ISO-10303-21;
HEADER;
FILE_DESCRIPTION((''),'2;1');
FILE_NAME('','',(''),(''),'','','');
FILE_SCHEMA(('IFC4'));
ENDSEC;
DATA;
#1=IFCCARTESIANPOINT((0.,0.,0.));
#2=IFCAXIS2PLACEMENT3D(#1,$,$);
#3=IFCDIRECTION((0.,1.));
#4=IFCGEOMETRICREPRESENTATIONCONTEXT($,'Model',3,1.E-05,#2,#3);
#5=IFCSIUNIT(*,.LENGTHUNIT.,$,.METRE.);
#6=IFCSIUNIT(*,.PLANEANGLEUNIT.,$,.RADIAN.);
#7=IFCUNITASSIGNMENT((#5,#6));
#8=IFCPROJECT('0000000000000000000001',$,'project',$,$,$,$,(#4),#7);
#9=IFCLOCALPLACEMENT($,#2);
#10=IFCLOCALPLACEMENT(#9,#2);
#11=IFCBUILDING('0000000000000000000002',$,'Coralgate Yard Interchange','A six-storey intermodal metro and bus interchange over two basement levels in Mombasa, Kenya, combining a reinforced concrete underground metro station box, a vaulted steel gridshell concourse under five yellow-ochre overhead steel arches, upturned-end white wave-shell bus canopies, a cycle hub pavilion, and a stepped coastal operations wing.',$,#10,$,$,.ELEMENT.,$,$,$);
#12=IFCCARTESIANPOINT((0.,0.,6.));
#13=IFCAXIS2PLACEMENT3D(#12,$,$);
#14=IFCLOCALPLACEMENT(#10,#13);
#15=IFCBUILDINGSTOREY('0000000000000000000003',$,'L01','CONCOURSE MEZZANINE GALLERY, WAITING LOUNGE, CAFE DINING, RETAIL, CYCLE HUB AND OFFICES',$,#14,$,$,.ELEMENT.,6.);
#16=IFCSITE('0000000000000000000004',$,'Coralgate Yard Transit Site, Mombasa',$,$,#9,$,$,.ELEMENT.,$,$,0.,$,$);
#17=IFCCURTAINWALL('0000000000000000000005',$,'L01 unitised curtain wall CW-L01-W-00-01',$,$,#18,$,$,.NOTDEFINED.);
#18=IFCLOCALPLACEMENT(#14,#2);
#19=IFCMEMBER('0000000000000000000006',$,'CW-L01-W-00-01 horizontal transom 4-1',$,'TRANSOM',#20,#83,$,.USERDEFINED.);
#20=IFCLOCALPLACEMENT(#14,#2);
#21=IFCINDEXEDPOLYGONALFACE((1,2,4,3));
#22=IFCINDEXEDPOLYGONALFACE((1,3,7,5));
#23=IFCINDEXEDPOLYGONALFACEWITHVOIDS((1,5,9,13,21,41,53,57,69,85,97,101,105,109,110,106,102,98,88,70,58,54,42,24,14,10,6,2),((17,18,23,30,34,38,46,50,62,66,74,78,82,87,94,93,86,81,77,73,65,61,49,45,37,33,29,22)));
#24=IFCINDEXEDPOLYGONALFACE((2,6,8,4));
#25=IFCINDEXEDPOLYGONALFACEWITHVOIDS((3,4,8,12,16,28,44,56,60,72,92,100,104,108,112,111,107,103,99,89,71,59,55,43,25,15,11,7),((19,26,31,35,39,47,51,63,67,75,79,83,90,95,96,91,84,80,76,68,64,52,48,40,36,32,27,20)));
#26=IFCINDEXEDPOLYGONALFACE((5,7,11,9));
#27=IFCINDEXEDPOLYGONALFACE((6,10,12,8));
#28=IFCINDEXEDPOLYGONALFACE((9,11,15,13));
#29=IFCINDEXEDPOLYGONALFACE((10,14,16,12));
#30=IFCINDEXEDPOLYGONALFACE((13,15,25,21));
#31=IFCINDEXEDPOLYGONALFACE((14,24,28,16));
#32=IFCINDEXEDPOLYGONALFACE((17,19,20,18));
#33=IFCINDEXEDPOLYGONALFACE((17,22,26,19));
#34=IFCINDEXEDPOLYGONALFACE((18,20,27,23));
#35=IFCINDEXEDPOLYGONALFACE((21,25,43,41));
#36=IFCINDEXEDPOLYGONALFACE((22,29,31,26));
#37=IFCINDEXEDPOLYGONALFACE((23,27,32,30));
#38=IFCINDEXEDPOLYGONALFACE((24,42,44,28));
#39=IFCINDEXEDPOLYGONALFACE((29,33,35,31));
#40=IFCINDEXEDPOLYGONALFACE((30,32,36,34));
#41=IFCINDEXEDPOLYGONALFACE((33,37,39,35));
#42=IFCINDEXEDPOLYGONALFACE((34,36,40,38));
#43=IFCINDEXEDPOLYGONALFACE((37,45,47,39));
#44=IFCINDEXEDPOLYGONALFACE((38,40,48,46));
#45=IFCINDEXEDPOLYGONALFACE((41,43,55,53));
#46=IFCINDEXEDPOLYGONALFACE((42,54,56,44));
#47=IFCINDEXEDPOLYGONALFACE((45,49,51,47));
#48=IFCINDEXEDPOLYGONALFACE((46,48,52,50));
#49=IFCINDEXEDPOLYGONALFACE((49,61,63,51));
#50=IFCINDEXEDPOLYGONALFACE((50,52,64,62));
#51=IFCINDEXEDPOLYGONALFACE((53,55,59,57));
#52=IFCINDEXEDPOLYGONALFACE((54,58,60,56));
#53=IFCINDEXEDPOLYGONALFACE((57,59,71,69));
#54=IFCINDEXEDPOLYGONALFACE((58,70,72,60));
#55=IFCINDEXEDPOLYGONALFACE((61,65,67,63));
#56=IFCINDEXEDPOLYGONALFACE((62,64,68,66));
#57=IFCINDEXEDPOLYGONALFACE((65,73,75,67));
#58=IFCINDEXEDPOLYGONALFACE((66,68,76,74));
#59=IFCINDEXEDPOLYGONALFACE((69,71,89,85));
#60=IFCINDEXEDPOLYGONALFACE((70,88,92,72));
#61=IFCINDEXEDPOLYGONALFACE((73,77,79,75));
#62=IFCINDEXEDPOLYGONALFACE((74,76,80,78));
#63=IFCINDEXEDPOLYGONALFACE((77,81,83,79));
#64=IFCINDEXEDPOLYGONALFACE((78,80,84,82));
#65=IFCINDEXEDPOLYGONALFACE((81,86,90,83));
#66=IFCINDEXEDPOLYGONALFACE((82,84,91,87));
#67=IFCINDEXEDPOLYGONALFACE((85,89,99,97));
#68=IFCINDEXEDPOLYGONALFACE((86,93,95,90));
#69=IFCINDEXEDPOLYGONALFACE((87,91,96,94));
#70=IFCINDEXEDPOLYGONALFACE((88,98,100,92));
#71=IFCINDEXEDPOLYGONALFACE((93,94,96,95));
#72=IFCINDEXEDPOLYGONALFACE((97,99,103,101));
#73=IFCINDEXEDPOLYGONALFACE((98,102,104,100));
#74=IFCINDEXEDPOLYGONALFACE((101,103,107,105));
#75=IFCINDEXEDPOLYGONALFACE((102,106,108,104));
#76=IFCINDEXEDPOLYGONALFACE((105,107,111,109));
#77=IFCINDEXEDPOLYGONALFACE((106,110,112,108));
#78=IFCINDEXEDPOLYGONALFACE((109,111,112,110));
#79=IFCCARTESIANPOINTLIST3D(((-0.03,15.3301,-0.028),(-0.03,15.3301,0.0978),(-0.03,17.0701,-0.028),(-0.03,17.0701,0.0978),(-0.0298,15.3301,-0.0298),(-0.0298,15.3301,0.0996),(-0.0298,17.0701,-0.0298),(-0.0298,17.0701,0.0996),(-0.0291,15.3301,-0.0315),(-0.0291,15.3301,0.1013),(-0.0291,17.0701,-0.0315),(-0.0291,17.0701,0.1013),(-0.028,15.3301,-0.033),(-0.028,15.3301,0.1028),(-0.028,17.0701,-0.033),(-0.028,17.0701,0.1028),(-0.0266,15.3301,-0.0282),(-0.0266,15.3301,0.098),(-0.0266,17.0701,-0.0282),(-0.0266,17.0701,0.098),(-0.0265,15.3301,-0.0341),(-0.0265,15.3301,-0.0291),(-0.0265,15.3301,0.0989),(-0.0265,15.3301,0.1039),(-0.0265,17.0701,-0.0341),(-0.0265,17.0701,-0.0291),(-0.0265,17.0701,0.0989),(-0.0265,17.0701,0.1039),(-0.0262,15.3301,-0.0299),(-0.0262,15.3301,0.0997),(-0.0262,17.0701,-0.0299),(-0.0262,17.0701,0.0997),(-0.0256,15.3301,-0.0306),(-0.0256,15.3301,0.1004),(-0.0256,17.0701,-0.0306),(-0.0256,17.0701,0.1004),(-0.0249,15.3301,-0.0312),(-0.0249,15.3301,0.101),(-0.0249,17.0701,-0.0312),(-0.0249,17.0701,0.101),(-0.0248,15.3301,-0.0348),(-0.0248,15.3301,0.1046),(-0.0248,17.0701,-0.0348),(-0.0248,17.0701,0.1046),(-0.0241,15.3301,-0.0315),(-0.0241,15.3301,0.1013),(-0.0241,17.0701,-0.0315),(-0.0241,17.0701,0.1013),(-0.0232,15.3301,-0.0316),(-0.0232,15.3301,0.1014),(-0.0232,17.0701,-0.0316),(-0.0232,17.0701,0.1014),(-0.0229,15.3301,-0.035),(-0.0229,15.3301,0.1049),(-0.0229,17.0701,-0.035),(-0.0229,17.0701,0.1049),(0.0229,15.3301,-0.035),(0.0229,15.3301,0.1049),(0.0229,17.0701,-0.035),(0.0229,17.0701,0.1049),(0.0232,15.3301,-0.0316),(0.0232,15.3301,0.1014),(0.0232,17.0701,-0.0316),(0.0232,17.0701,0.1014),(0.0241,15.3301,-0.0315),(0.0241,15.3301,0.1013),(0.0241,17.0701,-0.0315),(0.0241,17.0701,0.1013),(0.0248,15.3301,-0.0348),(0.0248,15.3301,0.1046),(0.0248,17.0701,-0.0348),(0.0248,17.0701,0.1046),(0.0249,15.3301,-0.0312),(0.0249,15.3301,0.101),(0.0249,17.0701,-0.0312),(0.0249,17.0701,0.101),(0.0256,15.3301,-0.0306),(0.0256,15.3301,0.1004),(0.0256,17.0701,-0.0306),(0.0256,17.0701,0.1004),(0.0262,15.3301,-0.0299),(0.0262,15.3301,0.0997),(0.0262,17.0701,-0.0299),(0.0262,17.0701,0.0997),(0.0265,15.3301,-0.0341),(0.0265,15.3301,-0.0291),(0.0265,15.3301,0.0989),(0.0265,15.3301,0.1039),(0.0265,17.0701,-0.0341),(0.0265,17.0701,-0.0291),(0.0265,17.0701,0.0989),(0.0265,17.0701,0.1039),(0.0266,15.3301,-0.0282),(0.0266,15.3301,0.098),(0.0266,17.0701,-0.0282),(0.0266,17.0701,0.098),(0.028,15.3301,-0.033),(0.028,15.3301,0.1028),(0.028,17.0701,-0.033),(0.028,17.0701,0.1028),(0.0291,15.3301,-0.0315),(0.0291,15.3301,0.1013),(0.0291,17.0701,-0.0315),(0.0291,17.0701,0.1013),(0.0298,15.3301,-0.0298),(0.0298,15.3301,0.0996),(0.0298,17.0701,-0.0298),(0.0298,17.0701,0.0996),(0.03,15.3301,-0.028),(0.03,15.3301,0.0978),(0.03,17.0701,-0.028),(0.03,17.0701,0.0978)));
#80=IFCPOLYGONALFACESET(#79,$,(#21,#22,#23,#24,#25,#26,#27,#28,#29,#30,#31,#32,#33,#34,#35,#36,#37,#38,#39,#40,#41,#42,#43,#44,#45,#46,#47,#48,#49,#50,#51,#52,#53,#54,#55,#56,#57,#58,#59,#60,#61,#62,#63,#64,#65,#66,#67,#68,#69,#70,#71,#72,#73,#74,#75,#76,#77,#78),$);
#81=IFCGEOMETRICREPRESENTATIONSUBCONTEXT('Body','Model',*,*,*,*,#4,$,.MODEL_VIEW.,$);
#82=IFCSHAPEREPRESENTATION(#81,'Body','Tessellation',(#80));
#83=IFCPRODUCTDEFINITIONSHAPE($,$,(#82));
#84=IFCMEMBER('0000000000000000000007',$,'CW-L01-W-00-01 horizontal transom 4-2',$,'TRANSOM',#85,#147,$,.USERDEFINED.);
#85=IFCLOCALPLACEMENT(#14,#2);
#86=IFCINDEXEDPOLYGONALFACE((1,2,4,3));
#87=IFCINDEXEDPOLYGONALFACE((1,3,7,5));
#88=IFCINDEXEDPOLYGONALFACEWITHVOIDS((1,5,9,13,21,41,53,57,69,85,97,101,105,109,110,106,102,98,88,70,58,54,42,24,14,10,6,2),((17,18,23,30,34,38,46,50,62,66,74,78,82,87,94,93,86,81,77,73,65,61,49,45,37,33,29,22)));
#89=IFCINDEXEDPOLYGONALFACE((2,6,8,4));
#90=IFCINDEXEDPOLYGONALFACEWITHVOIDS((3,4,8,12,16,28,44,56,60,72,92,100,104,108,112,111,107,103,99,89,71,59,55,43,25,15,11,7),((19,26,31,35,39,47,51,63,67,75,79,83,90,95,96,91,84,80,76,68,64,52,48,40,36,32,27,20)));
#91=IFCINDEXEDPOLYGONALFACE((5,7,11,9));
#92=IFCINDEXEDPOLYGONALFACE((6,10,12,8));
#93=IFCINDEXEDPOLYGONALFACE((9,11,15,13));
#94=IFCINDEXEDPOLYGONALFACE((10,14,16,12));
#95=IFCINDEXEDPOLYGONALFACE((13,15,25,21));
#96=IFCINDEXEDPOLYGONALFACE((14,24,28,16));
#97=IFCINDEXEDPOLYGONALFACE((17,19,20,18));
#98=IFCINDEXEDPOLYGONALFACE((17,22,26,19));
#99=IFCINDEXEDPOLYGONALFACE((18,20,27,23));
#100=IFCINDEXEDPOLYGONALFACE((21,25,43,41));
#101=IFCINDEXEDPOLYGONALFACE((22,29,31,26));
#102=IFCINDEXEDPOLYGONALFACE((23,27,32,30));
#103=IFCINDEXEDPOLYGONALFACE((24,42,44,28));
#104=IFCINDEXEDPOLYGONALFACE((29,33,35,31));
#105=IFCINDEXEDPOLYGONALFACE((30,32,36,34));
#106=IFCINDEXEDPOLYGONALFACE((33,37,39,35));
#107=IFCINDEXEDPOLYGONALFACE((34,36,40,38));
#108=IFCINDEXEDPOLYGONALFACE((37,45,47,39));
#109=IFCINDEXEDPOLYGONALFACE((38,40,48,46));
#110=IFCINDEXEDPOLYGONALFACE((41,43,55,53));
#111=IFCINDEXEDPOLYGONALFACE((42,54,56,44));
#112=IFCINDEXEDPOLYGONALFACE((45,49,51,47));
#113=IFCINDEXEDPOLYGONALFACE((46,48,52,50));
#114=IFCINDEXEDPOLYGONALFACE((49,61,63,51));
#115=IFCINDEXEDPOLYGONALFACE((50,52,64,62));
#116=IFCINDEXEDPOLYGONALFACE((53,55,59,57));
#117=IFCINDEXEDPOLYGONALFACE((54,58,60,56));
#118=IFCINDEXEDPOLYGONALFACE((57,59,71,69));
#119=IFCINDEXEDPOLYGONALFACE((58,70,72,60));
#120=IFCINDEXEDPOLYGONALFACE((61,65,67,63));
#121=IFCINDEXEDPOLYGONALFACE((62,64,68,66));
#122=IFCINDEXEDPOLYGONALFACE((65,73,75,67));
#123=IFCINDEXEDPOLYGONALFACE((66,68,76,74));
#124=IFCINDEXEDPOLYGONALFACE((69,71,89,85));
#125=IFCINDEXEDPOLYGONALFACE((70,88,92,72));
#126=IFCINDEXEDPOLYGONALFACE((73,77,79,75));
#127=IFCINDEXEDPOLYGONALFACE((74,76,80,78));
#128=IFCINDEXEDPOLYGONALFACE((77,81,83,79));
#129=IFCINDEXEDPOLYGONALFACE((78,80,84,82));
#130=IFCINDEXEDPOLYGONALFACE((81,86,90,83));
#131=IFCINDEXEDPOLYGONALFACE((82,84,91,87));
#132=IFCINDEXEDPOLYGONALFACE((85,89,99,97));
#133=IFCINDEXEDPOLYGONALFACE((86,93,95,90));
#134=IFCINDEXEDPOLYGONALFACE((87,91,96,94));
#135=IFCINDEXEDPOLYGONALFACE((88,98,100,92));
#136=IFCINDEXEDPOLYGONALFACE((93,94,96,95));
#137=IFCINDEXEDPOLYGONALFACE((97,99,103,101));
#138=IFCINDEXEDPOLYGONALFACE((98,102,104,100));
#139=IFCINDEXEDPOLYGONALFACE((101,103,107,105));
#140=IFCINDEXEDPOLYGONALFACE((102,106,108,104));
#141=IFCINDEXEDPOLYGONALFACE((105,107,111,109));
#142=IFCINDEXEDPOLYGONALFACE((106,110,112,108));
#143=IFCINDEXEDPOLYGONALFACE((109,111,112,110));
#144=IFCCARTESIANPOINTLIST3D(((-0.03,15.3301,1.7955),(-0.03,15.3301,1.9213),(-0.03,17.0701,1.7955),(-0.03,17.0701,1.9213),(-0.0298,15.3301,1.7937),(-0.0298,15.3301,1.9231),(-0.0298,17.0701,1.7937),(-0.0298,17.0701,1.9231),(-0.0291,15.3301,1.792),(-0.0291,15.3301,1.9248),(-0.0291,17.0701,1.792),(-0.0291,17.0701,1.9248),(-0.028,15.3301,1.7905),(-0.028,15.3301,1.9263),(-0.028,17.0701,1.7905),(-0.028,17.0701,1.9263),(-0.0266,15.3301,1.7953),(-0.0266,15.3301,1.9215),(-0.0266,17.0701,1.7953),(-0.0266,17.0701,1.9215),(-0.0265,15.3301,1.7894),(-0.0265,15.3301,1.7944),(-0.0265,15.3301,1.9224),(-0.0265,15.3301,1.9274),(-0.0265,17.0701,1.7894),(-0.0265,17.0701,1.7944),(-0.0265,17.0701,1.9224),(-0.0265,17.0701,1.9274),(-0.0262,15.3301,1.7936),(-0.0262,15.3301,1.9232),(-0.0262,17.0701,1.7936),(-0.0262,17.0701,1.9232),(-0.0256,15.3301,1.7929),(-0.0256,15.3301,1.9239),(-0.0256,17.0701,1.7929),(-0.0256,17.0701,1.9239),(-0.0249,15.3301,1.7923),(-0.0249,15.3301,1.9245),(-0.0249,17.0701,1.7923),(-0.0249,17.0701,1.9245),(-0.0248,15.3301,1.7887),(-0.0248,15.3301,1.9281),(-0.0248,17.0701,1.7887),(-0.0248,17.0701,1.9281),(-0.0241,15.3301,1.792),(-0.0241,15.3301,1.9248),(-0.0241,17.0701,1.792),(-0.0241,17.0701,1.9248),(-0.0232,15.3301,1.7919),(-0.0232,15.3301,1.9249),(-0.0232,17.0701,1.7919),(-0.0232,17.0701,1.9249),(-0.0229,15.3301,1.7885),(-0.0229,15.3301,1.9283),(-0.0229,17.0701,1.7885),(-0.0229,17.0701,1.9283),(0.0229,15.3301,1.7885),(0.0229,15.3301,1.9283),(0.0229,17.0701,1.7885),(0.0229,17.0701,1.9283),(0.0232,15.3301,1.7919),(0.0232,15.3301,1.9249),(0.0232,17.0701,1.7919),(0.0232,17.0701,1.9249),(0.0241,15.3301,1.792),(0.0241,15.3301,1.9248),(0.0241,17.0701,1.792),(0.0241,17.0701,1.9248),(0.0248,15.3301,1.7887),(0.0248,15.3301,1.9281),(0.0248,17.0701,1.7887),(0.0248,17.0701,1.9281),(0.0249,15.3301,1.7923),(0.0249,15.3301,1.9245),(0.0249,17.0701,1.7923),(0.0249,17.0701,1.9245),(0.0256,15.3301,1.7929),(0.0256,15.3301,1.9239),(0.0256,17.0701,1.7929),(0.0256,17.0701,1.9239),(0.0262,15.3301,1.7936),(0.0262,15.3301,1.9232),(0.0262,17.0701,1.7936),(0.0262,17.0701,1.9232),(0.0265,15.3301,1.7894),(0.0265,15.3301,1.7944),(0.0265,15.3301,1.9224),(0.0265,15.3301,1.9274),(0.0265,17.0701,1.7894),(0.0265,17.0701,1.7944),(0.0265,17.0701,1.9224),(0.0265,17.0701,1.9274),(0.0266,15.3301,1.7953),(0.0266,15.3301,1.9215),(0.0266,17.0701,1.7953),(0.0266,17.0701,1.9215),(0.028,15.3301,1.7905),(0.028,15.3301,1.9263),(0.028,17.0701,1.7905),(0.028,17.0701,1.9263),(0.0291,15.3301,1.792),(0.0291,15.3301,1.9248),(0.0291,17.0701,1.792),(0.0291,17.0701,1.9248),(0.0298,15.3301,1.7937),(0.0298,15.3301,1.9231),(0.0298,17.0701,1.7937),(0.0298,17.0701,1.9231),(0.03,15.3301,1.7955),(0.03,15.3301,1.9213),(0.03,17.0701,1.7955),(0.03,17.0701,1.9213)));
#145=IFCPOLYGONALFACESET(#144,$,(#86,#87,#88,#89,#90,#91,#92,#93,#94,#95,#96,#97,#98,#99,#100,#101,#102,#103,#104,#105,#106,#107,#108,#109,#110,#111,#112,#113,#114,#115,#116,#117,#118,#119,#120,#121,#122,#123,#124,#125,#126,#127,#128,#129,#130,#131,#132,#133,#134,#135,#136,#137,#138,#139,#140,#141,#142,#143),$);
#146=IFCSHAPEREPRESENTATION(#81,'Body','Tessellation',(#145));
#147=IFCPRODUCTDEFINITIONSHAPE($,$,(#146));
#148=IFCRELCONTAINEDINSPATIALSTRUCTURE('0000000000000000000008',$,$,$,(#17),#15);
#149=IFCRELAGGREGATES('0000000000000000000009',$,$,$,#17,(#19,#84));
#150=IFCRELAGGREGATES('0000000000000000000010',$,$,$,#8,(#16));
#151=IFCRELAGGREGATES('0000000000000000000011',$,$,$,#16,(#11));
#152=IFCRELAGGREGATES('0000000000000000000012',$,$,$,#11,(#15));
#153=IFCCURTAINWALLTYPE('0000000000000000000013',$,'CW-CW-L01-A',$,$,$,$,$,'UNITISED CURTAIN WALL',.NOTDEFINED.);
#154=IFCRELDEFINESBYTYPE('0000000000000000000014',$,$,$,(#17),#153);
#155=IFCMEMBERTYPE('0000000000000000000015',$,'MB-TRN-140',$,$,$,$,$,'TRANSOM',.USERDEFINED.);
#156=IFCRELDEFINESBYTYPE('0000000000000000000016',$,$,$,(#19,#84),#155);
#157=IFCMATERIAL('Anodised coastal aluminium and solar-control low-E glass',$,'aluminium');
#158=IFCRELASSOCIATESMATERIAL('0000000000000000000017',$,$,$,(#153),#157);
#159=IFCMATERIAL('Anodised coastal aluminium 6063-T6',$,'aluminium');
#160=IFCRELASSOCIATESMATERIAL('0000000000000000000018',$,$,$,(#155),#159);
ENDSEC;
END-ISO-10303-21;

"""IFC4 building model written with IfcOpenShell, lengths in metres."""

from ifc_helpers import new_model, si_unit, direction, frame, origin, origin_2d, place, context, subcontext, project, spatial, hollow_rectangle, extrude, material, material_profile, profile_set, type_object, element, aggregate, save


model = new_model("IFC4")

# Units and contexts
model_context = context("Model", 3, precision=1e-05, world=origin(), true_north=direction((0.0, 1.0)))
body_context = subcontext(model_context, "Body", "Model", "MODEL_VIEW")
ifc_project = project(units=[si_unit("LENGTHUNIT", "METRE"), si_unit("PLANEANGLEUNIT", "RADIAN")], contexts=[model_context])

# Site, building, storey
site_placement = place(None, origin())
site = spatial("IfcSite", under=ifc_project, at=site_placement, Name="Coralgate Yard Transit Site, Mombasa", CompositionType="ELEMENT", RefElevation=0.0)
building_placement = place(site_placement, origin())
building = spatial("IfcBuilding", under=site, at=building_placement, Name="Coralgate Yard Interchange", Description="A six-storey intermodal metro and bus interchange over two basement levels in Mombasa, Kenya, combining a reinforced concrete underground metro station box, a vaulted steel gridshell concourse under five yellow-ochre overhead steel arches, upturned-end white wave-shell bus canopies, a cycle hub pavilion, and a stepped coastal operations wing.", CompositionType="ELEMENT")
storey_placement = place(building_placement, frame((0.0, 0.0, 6.0)))
storey = spatial("IfcBuildingStorey", under=building, at=storey_placement, Name="L01", Description="CONCOURSE MEZZANINE GALLERY, WAITING LOUNGE, CAFE DINING, RETAIL, CYCLE HUB AND OFFICES", CompositionType="ELEMENT", Elevation=6.0)

# Curtain wall, members
ifc_material_1 = material(Name="Anodised coastal aluminium and solar-control low-E glass", Category="aluminium")
curtain_wall_type = type_object("IfcCurtainWallType", Name="CW-CW-L01-A", ElementType="UNITISED CURTAIN WALL", PredefinedType="NOTDEFINED", material=ifc_material_1)
curtain_wall_placement = place(storey_placement, origin())
curtain_wall = element("IfcCurtainWall", 1, at=curtain_wall_placement, inside=storey, type_object=curtain_wall_type, Name="L01 unitised curtain wall CW-L01-W-00-01", PredefinedType="NOTDEFINED")
ifc_material_2 = material(Name="Anodised coastal aluminium 6063-T6", Category="aluminium")
ifc_material_profile_1 = material_profile(ifc_material_2, hollow_rectangle(XDim=0.0601, YDim=0.1399, WallThickness=0.0034, InnerFilletRadius=0.0034, OuterFilletRadius=0.0071, at=origin_2d()), Name="ALU 60x140x3.5")
ifc_profile_set_1 = profile_set([ifc_material_profile_1], Name="Anodised coastal aluminium 6063-T6")
member_type_1 = type_object("IfcMemberType", Name="MB-TRN-140", ElementType="TRANSOM", PredefinedType="USERDEFINED", material=ifc_profile_set_1)
member_1_placement = place(storey_placement, frame((0.0, 15.3301, 0.0349), z_axis=(0.0, 1.0, 0.0), x_axis=(-1.0, 0.0, 0.0)))
member_1 = element("IfcMember", 2, at=member_1_placement, type_object=member_type_1, Name="CW-L01-W-00-01 horizontal transom 4-1", ObjectType="TRANSOM", PredefinedType="USERDEFINED", context=body_context, shape_type="SweptSolid", body=[
    extrude(hollow_rectangle(XDim=0.0601, YDim=0.1399, WallThickness=0.0034, InnerFilletRadius=0.0034, OuterFilletRadius=0.0071, at=origin_2d()), origin(), (0.0, 0.0, 1.0), 1.74),
])
member_2_placement = place(storey_placement, frame((0.0, 15.3301, 1.8584), z_axis=(0.0, 1.0, 0.0), x_axis=(-1.0, 0.0, 0.0)))
member_2 = element("IfcMember", 3, at=member_2_placement, type_object=member_type_1, Name="CW-L01-W-00-01 horizontal transom 4-2", ObjectType="TRANSOM", PredefinedType="USERDEFINED", context=body_context, shape_type="SweptSolid", body=[
    extrude(hollow_rectangle(XDim=0.0601, YDim=0.1399, WallThickness=0.0034, InnerFilletRadius=0.0034, OuterFilletRadius=0.0071, at=origin_2d()), origin(), (0.0, 0.0, 1.0), 1.74),
])
aggregate(curtain_wall, [member_1, member_2])

save(model, "model.ifc")
